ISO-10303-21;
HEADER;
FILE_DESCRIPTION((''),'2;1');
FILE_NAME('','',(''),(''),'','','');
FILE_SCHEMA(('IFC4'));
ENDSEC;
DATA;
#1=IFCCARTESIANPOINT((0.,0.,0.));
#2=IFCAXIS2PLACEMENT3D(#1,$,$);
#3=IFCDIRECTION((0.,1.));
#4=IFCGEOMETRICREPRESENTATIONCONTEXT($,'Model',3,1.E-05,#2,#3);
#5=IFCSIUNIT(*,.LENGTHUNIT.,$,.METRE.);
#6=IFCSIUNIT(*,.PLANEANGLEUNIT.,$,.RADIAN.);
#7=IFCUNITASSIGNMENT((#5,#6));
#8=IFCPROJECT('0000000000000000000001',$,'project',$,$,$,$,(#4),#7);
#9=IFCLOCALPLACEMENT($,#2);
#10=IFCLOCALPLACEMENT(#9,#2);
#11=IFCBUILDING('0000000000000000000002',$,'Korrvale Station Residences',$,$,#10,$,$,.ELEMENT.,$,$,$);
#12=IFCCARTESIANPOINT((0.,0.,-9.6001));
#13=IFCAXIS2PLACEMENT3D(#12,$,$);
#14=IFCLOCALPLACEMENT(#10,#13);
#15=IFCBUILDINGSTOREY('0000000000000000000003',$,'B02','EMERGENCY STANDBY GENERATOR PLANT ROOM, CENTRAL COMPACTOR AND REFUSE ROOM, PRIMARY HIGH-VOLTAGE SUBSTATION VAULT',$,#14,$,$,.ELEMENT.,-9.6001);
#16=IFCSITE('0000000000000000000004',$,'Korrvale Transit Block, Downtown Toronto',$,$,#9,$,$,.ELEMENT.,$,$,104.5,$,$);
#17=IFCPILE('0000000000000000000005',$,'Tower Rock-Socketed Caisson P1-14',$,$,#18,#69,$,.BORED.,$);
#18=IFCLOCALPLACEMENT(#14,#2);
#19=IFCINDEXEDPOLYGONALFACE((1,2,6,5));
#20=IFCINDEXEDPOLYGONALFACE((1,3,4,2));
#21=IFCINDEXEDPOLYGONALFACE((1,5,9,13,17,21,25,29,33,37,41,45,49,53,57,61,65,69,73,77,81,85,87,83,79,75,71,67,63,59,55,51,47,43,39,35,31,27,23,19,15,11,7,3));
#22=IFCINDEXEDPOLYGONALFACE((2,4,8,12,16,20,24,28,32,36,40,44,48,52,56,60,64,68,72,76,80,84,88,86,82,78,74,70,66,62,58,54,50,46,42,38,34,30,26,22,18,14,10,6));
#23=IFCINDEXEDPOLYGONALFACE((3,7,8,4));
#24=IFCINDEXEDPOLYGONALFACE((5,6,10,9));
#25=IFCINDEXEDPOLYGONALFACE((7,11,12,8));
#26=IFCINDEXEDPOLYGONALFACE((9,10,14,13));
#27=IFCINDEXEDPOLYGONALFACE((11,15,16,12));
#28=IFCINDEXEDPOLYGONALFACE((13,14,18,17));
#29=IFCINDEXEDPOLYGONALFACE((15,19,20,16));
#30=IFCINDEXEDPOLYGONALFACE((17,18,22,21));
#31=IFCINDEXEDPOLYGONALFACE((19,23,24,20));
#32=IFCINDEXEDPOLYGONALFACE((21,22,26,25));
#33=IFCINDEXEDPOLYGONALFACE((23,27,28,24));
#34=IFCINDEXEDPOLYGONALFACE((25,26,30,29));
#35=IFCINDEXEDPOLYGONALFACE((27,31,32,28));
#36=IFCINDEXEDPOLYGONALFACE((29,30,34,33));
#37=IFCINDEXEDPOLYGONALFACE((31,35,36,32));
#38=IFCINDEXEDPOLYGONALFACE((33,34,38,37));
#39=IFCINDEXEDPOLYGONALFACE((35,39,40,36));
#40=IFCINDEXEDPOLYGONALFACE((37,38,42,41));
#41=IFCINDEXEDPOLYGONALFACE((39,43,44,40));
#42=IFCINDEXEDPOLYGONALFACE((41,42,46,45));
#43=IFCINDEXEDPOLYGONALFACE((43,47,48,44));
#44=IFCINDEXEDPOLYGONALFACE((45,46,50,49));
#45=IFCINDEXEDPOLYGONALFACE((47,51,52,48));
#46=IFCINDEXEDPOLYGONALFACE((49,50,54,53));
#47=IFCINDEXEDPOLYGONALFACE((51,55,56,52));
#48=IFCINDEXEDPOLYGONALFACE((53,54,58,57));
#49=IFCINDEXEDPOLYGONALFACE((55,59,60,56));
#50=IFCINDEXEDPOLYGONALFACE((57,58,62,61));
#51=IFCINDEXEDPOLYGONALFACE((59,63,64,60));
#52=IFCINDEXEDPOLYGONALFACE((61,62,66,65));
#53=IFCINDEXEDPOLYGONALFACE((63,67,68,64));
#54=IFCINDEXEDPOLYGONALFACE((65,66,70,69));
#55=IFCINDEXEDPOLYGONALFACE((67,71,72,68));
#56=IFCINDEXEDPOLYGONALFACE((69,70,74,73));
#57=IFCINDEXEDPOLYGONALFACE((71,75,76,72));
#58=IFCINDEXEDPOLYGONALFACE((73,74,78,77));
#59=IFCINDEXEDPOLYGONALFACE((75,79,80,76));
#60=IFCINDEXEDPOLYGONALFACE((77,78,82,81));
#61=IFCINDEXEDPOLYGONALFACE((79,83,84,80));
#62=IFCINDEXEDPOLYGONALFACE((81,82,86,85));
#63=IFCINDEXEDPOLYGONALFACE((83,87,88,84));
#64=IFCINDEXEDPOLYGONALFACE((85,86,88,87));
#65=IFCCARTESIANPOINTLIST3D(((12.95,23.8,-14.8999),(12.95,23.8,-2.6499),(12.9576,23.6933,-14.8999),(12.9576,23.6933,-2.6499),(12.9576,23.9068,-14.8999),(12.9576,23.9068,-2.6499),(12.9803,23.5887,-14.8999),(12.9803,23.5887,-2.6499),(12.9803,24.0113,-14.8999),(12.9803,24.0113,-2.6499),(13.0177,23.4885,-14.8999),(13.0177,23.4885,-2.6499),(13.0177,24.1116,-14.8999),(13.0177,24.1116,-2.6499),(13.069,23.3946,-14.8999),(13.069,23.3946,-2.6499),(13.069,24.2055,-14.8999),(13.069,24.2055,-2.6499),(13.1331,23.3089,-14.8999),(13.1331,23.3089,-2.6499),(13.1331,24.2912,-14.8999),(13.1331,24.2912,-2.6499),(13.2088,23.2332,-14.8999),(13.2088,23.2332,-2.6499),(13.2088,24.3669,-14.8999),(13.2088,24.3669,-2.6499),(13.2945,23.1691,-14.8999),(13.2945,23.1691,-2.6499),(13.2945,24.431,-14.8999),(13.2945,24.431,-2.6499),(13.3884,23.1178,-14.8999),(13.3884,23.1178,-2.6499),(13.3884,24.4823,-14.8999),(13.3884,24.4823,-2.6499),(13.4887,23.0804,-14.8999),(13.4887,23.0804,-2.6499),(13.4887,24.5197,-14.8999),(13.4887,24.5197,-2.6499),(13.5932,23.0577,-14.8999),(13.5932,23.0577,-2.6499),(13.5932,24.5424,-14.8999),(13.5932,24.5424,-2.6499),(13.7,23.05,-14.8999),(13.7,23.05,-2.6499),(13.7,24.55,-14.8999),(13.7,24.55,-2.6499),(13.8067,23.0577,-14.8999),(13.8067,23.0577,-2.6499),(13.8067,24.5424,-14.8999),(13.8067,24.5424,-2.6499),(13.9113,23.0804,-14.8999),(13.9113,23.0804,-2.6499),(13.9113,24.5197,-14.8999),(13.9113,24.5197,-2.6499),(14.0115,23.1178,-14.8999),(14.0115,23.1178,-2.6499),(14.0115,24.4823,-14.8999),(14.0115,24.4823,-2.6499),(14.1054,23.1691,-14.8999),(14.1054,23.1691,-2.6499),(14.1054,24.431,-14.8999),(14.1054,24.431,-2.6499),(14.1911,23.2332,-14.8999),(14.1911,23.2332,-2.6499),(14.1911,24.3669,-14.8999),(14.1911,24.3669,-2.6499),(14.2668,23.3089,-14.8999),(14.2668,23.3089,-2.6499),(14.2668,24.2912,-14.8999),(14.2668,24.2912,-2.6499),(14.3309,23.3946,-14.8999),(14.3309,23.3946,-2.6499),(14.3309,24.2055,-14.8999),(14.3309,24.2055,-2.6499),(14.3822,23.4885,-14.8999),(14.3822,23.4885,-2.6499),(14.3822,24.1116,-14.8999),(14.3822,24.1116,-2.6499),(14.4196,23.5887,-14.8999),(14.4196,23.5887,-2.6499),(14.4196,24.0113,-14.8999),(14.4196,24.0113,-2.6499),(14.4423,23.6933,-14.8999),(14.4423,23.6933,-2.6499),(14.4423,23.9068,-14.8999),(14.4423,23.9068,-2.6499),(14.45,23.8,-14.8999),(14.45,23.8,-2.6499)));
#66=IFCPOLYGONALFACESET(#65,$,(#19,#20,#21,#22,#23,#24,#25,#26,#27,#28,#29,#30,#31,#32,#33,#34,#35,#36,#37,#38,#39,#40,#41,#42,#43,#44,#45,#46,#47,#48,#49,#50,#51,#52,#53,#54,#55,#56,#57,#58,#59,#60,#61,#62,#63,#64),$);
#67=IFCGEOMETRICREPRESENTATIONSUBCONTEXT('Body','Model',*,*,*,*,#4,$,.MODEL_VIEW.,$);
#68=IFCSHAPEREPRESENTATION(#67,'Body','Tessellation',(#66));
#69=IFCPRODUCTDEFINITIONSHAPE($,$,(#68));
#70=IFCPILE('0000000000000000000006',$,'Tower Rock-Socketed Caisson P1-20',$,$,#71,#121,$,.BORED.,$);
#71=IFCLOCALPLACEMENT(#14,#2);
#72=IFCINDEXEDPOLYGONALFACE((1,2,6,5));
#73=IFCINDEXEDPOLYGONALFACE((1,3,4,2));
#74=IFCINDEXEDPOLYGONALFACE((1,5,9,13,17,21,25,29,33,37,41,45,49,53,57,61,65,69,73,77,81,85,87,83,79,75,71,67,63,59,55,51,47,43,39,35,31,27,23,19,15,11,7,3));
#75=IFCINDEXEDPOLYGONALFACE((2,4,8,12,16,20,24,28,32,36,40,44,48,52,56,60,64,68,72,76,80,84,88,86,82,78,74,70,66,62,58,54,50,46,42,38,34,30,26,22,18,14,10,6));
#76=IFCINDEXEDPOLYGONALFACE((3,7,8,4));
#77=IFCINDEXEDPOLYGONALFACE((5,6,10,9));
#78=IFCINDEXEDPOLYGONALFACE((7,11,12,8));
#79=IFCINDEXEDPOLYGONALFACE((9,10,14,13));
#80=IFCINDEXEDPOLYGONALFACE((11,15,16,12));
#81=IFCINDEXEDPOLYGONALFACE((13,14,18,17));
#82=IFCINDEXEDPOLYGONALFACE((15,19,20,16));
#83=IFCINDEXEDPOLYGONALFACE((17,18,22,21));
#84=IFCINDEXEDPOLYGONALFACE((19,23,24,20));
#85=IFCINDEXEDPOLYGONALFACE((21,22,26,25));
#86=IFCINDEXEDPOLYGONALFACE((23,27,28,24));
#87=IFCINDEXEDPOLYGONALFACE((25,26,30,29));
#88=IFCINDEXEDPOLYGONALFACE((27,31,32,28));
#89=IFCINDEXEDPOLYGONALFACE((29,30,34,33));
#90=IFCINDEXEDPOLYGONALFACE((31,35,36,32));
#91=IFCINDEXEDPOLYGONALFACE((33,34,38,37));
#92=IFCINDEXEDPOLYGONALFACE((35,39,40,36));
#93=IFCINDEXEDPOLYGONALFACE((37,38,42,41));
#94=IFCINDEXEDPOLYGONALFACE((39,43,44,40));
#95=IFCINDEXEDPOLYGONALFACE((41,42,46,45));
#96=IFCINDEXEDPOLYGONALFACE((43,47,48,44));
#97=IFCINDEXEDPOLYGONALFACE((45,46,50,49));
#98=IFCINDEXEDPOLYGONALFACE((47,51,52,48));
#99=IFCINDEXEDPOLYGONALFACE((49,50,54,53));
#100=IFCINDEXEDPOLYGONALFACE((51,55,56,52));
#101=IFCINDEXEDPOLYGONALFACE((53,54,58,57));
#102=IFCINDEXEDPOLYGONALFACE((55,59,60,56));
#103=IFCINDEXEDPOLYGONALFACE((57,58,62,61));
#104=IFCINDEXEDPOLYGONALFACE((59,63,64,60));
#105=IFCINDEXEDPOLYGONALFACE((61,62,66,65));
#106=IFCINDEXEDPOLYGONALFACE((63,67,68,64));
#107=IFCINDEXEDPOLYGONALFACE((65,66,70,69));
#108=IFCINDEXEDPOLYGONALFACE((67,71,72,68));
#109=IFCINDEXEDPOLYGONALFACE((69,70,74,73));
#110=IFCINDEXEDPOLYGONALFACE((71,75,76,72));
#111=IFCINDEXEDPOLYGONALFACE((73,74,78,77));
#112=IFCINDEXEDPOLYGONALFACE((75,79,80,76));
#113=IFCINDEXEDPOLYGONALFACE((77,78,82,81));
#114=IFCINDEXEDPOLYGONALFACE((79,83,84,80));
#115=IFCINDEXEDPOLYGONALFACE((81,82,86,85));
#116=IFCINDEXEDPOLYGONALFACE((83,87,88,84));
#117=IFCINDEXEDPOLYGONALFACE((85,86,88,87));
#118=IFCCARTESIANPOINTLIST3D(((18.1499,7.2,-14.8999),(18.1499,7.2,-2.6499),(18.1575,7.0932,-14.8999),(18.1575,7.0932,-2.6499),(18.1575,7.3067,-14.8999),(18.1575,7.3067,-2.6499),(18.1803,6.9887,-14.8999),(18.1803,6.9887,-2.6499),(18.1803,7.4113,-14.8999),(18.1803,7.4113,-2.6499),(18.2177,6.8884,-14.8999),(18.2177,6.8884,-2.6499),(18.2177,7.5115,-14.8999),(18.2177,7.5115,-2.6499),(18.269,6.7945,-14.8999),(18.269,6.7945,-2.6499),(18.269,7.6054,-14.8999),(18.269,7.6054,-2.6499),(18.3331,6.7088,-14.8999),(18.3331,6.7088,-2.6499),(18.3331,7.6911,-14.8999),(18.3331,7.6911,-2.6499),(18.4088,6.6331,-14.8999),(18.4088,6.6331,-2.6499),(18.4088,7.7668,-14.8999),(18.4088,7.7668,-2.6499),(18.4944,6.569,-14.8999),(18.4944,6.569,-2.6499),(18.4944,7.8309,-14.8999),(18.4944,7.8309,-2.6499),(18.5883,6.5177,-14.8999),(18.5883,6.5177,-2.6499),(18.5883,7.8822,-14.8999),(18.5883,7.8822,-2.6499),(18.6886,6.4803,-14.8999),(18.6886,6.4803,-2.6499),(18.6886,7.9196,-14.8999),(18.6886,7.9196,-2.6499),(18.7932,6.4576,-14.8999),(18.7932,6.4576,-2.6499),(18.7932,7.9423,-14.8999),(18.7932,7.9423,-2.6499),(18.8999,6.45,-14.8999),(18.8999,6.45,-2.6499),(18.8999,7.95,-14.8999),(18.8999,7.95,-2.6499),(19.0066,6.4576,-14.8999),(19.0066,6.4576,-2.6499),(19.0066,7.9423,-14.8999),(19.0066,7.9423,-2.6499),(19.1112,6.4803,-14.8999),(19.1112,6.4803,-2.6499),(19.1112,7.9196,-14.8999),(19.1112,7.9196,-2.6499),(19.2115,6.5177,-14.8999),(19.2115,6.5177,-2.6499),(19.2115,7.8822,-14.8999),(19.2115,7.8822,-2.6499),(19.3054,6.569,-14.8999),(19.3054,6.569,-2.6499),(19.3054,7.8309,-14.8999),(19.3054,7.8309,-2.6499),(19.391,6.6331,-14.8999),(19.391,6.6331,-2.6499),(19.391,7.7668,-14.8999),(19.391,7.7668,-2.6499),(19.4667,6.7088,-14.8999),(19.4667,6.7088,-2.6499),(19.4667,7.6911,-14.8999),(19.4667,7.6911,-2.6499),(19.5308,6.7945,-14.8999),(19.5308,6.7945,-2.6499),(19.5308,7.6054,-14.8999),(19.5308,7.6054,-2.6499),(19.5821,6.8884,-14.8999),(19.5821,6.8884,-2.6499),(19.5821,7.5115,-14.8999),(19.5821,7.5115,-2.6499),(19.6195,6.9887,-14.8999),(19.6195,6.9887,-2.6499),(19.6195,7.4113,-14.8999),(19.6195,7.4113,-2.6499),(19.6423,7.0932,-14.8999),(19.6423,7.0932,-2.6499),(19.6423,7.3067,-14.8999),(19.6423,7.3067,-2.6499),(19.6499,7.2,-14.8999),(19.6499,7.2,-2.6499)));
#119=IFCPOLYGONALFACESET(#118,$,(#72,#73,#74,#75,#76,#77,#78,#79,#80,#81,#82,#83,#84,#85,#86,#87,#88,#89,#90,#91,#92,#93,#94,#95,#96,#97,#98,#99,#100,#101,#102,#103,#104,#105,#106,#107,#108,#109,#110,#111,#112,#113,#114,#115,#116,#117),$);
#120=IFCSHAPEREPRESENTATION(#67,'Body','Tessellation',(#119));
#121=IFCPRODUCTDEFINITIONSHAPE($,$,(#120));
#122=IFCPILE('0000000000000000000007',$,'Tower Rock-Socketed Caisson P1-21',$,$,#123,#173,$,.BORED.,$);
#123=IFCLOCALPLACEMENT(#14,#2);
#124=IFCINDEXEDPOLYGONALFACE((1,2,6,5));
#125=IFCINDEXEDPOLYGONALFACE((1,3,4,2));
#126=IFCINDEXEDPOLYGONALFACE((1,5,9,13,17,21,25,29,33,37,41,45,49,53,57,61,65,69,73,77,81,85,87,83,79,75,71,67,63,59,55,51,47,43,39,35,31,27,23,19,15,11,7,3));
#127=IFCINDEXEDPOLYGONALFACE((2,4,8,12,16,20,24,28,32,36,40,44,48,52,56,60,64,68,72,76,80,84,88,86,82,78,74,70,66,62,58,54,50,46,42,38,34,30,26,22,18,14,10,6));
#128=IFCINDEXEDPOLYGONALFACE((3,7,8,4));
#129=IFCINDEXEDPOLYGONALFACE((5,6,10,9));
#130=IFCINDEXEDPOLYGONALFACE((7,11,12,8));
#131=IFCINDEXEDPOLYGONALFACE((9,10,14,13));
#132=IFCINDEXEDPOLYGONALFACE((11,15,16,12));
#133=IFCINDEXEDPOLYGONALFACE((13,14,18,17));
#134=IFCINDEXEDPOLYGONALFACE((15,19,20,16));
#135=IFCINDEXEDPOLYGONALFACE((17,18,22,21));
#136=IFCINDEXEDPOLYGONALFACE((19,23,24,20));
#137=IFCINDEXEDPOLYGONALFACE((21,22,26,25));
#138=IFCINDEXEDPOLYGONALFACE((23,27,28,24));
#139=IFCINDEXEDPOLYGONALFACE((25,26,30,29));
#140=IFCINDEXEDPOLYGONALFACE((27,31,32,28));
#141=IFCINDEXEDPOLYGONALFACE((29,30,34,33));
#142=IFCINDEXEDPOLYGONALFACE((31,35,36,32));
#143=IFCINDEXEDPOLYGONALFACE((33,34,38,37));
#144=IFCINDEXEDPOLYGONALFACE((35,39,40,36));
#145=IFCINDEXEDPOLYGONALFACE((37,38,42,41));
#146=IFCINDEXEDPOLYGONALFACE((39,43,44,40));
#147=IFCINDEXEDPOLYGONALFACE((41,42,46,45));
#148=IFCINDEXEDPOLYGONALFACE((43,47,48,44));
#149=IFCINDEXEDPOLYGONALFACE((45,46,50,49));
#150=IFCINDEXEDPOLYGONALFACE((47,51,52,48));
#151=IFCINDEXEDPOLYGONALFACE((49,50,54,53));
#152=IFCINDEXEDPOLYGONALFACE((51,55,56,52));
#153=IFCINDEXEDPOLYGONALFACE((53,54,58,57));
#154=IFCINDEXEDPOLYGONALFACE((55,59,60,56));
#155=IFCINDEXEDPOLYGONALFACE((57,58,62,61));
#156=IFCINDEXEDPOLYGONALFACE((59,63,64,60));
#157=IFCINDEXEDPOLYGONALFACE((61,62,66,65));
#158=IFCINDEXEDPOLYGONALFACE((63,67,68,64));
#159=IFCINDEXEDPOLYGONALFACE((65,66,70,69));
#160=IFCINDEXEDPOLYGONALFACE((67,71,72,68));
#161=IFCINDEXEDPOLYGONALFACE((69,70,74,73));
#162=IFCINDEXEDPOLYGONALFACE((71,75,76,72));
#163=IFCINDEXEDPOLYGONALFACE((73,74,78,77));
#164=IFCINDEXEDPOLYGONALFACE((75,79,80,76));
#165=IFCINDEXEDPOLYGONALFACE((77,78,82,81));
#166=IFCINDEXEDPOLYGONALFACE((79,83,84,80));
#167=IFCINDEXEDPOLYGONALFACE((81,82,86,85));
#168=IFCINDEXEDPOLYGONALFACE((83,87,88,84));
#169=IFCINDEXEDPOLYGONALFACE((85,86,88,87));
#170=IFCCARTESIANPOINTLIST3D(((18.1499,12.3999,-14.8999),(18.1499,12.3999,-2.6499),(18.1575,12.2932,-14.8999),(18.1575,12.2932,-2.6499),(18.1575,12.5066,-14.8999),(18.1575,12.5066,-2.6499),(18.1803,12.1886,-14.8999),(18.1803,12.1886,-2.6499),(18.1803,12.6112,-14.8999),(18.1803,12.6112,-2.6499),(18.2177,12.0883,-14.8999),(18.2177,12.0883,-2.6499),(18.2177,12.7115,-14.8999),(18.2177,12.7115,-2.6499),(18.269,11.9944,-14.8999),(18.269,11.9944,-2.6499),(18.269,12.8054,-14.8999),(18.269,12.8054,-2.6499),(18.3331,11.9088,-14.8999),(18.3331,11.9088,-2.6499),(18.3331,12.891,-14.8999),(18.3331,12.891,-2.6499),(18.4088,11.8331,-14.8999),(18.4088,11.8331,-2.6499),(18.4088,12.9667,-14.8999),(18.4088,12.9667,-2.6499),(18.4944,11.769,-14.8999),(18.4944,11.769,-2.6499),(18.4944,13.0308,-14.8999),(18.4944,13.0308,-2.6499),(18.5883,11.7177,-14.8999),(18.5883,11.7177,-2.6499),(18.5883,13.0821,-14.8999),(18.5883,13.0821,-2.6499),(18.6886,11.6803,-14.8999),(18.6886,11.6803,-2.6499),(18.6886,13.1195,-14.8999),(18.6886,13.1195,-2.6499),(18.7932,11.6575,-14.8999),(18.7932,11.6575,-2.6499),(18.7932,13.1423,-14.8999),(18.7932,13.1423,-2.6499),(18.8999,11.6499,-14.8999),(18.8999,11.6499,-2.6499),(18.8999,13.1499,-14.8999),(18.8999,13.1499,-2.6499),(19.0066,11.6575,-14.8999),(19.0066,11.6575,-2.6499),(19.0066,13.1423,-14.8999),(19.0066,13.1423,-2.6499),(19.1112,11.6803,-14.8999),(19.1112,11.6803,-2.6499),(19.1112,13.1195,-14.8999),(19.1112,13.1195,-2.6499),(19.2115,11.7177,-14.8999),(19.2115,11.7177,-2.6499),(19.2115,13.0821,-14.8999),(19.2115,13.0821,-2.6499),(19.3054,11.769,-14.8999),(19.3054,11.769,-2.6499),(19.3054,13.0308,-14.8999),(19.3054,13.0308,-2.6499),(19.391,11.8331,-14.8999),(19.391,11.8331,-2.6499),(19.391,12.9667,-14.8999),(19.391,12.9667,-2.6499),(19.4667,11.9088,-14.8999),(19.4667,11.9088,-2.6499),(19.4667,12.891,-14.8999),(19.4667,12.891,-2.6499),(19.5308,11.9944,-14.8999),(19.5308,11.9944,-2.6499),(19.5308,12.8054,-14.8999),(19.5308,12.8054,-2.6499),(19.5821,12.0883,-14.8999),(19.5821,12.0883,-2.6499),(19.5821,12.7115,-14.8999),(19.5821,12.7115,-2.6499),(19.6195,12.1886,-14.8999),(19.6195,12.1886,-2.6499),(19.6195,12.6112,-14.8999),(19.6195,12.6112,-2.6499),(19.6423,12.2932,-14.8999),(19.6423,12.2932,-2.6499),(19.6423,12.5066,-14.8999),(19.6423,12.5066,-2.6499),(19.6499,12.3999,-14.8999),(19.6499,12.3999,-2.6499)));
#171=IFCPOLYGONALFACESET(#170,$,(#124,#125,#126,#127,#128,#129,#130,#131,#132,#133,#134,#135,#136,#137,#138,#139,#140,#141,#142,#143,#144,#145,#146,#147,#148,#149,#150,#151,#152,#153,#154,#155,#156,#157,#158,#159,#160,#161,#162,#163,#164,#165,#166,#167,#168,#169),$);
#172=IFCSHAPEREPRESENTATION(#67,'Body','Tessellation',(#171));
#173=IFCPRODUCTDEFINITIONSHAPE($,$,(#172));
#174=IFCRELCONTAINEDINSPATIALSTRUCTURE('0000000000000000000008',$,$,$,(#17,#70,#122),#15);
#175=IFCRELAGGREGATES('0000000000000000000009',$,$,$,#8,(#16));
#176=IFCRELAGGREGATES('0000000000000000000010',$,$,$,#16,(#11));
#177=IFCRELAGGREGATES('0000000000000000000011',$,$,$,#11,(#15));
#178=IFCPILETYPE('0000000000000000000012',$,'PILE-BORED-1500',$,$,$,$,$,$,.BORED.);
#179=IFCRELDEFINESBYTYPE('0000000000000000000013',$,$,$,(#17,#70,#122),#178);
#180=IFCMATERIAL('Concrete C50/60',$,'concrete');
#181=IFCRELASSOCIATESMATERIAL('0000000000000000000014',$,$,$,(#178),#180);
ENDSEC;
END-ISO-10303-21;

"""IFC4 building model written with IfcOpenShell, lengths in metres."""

from ifc_helpers import new_model, si_unit, direction, frame, origin, origin_2d, place, context, subcontext, project, spatial, circle, extrude, material, material_profile, profile_set, type_object, element, save


model = new_model("IFC4")

# Units and contexts
model_context = context("Model", 3, precision=1e-05, world=origin(), true_north=direction((0.0, 1.0)))
body_context = subcontext(model_context, "Body", "Model", "MODEL_VIEW")
ifc_project = project(units=[si_unit("LENGTHUNIT", "METRE"), si_unit("PLANEANGLEUNIT", "RADIAN")], contexts=[model_context])

# Site, building, storey
site_placement = place(None, origin())
site = spatial("IfcSite", under=ifc_project, at=site_placement, Name="Korrvale Transit Block, Downtown Toronto", CompositionType="ELEMENT", RefElevation=104.5)
building_placement = place(site_placement, origin())
building = spatial("IfcBuilding", under=site, at=building_placement, Name="Korrvale Station Residences", CompositionType="ELEMENT")
storey_placement = place(building_placement, frame((0.0, 0.0, -9.6001)))
storey = spatial("IfcBuildingStorey", under=building, at=storey_placement, Name="B02", Description="EMERGENCY STANDBY GENERATOR PLANT ROOM, CENTRAL COMPACTOR AND REFUSE ROOM, PRIMARY HIGH-VOLTAGE SUBSTATION VAULT", CompositionType="ELEMENT", Elevation=-9.6001)

# Piles
ifc_material_1 = material(Name="Concrete C50/60", Category="concrete")
ifc_material_profile_1 = material_profile(ifc_material_1, circle(Radius=0.75, at=origin_2d()), Name="PILE1500")
ifc_profile_set_1 = profile_set([ifc_material_profile_1], Name="Concrete C50/60")
pile_type = type_object("IfcPileType", Name="PILE-BORED-1500", PredefinedType="BORED", material=ifc_profile_set_1)
for number, where, z_axis, x_axis, name in (
    (1, (13.7, 23.8, -2.6499), (0.0, 0.0, -1.0), (1.0, 0.0, 0.0), "Tower Rock-Socketed Caisson P1-14"),
    (2, (18.8999, 7.2, -2.6499), (0.0, 0.0, -1.0), (1.0, 0.0, 0.0), "Tower Rock-Socketed Caisson P1-20"),
    (3, (18.8999, 12.3999, -2.6499), (0.0, 0.0, -1.0), (1.0, 0.0, 0.0), "Tower Rock-Socketed Caisson P1-21"),
):
    element("IfcPile", number, at=place(storey_placement, frame(where, z_axis=z_axis, x_axis=x_axis)), inside=storey, type_object=pile_type, Name=name, PredefinedType="BORED", context=body_context, shape_type="SweptSolid", body=[
        extrude(circle(Radius=0.75, at=origin_2d()), origin(), (0.0, 0.0, 1.0), 12.25),
    ])

save(model, "model.ifc")
